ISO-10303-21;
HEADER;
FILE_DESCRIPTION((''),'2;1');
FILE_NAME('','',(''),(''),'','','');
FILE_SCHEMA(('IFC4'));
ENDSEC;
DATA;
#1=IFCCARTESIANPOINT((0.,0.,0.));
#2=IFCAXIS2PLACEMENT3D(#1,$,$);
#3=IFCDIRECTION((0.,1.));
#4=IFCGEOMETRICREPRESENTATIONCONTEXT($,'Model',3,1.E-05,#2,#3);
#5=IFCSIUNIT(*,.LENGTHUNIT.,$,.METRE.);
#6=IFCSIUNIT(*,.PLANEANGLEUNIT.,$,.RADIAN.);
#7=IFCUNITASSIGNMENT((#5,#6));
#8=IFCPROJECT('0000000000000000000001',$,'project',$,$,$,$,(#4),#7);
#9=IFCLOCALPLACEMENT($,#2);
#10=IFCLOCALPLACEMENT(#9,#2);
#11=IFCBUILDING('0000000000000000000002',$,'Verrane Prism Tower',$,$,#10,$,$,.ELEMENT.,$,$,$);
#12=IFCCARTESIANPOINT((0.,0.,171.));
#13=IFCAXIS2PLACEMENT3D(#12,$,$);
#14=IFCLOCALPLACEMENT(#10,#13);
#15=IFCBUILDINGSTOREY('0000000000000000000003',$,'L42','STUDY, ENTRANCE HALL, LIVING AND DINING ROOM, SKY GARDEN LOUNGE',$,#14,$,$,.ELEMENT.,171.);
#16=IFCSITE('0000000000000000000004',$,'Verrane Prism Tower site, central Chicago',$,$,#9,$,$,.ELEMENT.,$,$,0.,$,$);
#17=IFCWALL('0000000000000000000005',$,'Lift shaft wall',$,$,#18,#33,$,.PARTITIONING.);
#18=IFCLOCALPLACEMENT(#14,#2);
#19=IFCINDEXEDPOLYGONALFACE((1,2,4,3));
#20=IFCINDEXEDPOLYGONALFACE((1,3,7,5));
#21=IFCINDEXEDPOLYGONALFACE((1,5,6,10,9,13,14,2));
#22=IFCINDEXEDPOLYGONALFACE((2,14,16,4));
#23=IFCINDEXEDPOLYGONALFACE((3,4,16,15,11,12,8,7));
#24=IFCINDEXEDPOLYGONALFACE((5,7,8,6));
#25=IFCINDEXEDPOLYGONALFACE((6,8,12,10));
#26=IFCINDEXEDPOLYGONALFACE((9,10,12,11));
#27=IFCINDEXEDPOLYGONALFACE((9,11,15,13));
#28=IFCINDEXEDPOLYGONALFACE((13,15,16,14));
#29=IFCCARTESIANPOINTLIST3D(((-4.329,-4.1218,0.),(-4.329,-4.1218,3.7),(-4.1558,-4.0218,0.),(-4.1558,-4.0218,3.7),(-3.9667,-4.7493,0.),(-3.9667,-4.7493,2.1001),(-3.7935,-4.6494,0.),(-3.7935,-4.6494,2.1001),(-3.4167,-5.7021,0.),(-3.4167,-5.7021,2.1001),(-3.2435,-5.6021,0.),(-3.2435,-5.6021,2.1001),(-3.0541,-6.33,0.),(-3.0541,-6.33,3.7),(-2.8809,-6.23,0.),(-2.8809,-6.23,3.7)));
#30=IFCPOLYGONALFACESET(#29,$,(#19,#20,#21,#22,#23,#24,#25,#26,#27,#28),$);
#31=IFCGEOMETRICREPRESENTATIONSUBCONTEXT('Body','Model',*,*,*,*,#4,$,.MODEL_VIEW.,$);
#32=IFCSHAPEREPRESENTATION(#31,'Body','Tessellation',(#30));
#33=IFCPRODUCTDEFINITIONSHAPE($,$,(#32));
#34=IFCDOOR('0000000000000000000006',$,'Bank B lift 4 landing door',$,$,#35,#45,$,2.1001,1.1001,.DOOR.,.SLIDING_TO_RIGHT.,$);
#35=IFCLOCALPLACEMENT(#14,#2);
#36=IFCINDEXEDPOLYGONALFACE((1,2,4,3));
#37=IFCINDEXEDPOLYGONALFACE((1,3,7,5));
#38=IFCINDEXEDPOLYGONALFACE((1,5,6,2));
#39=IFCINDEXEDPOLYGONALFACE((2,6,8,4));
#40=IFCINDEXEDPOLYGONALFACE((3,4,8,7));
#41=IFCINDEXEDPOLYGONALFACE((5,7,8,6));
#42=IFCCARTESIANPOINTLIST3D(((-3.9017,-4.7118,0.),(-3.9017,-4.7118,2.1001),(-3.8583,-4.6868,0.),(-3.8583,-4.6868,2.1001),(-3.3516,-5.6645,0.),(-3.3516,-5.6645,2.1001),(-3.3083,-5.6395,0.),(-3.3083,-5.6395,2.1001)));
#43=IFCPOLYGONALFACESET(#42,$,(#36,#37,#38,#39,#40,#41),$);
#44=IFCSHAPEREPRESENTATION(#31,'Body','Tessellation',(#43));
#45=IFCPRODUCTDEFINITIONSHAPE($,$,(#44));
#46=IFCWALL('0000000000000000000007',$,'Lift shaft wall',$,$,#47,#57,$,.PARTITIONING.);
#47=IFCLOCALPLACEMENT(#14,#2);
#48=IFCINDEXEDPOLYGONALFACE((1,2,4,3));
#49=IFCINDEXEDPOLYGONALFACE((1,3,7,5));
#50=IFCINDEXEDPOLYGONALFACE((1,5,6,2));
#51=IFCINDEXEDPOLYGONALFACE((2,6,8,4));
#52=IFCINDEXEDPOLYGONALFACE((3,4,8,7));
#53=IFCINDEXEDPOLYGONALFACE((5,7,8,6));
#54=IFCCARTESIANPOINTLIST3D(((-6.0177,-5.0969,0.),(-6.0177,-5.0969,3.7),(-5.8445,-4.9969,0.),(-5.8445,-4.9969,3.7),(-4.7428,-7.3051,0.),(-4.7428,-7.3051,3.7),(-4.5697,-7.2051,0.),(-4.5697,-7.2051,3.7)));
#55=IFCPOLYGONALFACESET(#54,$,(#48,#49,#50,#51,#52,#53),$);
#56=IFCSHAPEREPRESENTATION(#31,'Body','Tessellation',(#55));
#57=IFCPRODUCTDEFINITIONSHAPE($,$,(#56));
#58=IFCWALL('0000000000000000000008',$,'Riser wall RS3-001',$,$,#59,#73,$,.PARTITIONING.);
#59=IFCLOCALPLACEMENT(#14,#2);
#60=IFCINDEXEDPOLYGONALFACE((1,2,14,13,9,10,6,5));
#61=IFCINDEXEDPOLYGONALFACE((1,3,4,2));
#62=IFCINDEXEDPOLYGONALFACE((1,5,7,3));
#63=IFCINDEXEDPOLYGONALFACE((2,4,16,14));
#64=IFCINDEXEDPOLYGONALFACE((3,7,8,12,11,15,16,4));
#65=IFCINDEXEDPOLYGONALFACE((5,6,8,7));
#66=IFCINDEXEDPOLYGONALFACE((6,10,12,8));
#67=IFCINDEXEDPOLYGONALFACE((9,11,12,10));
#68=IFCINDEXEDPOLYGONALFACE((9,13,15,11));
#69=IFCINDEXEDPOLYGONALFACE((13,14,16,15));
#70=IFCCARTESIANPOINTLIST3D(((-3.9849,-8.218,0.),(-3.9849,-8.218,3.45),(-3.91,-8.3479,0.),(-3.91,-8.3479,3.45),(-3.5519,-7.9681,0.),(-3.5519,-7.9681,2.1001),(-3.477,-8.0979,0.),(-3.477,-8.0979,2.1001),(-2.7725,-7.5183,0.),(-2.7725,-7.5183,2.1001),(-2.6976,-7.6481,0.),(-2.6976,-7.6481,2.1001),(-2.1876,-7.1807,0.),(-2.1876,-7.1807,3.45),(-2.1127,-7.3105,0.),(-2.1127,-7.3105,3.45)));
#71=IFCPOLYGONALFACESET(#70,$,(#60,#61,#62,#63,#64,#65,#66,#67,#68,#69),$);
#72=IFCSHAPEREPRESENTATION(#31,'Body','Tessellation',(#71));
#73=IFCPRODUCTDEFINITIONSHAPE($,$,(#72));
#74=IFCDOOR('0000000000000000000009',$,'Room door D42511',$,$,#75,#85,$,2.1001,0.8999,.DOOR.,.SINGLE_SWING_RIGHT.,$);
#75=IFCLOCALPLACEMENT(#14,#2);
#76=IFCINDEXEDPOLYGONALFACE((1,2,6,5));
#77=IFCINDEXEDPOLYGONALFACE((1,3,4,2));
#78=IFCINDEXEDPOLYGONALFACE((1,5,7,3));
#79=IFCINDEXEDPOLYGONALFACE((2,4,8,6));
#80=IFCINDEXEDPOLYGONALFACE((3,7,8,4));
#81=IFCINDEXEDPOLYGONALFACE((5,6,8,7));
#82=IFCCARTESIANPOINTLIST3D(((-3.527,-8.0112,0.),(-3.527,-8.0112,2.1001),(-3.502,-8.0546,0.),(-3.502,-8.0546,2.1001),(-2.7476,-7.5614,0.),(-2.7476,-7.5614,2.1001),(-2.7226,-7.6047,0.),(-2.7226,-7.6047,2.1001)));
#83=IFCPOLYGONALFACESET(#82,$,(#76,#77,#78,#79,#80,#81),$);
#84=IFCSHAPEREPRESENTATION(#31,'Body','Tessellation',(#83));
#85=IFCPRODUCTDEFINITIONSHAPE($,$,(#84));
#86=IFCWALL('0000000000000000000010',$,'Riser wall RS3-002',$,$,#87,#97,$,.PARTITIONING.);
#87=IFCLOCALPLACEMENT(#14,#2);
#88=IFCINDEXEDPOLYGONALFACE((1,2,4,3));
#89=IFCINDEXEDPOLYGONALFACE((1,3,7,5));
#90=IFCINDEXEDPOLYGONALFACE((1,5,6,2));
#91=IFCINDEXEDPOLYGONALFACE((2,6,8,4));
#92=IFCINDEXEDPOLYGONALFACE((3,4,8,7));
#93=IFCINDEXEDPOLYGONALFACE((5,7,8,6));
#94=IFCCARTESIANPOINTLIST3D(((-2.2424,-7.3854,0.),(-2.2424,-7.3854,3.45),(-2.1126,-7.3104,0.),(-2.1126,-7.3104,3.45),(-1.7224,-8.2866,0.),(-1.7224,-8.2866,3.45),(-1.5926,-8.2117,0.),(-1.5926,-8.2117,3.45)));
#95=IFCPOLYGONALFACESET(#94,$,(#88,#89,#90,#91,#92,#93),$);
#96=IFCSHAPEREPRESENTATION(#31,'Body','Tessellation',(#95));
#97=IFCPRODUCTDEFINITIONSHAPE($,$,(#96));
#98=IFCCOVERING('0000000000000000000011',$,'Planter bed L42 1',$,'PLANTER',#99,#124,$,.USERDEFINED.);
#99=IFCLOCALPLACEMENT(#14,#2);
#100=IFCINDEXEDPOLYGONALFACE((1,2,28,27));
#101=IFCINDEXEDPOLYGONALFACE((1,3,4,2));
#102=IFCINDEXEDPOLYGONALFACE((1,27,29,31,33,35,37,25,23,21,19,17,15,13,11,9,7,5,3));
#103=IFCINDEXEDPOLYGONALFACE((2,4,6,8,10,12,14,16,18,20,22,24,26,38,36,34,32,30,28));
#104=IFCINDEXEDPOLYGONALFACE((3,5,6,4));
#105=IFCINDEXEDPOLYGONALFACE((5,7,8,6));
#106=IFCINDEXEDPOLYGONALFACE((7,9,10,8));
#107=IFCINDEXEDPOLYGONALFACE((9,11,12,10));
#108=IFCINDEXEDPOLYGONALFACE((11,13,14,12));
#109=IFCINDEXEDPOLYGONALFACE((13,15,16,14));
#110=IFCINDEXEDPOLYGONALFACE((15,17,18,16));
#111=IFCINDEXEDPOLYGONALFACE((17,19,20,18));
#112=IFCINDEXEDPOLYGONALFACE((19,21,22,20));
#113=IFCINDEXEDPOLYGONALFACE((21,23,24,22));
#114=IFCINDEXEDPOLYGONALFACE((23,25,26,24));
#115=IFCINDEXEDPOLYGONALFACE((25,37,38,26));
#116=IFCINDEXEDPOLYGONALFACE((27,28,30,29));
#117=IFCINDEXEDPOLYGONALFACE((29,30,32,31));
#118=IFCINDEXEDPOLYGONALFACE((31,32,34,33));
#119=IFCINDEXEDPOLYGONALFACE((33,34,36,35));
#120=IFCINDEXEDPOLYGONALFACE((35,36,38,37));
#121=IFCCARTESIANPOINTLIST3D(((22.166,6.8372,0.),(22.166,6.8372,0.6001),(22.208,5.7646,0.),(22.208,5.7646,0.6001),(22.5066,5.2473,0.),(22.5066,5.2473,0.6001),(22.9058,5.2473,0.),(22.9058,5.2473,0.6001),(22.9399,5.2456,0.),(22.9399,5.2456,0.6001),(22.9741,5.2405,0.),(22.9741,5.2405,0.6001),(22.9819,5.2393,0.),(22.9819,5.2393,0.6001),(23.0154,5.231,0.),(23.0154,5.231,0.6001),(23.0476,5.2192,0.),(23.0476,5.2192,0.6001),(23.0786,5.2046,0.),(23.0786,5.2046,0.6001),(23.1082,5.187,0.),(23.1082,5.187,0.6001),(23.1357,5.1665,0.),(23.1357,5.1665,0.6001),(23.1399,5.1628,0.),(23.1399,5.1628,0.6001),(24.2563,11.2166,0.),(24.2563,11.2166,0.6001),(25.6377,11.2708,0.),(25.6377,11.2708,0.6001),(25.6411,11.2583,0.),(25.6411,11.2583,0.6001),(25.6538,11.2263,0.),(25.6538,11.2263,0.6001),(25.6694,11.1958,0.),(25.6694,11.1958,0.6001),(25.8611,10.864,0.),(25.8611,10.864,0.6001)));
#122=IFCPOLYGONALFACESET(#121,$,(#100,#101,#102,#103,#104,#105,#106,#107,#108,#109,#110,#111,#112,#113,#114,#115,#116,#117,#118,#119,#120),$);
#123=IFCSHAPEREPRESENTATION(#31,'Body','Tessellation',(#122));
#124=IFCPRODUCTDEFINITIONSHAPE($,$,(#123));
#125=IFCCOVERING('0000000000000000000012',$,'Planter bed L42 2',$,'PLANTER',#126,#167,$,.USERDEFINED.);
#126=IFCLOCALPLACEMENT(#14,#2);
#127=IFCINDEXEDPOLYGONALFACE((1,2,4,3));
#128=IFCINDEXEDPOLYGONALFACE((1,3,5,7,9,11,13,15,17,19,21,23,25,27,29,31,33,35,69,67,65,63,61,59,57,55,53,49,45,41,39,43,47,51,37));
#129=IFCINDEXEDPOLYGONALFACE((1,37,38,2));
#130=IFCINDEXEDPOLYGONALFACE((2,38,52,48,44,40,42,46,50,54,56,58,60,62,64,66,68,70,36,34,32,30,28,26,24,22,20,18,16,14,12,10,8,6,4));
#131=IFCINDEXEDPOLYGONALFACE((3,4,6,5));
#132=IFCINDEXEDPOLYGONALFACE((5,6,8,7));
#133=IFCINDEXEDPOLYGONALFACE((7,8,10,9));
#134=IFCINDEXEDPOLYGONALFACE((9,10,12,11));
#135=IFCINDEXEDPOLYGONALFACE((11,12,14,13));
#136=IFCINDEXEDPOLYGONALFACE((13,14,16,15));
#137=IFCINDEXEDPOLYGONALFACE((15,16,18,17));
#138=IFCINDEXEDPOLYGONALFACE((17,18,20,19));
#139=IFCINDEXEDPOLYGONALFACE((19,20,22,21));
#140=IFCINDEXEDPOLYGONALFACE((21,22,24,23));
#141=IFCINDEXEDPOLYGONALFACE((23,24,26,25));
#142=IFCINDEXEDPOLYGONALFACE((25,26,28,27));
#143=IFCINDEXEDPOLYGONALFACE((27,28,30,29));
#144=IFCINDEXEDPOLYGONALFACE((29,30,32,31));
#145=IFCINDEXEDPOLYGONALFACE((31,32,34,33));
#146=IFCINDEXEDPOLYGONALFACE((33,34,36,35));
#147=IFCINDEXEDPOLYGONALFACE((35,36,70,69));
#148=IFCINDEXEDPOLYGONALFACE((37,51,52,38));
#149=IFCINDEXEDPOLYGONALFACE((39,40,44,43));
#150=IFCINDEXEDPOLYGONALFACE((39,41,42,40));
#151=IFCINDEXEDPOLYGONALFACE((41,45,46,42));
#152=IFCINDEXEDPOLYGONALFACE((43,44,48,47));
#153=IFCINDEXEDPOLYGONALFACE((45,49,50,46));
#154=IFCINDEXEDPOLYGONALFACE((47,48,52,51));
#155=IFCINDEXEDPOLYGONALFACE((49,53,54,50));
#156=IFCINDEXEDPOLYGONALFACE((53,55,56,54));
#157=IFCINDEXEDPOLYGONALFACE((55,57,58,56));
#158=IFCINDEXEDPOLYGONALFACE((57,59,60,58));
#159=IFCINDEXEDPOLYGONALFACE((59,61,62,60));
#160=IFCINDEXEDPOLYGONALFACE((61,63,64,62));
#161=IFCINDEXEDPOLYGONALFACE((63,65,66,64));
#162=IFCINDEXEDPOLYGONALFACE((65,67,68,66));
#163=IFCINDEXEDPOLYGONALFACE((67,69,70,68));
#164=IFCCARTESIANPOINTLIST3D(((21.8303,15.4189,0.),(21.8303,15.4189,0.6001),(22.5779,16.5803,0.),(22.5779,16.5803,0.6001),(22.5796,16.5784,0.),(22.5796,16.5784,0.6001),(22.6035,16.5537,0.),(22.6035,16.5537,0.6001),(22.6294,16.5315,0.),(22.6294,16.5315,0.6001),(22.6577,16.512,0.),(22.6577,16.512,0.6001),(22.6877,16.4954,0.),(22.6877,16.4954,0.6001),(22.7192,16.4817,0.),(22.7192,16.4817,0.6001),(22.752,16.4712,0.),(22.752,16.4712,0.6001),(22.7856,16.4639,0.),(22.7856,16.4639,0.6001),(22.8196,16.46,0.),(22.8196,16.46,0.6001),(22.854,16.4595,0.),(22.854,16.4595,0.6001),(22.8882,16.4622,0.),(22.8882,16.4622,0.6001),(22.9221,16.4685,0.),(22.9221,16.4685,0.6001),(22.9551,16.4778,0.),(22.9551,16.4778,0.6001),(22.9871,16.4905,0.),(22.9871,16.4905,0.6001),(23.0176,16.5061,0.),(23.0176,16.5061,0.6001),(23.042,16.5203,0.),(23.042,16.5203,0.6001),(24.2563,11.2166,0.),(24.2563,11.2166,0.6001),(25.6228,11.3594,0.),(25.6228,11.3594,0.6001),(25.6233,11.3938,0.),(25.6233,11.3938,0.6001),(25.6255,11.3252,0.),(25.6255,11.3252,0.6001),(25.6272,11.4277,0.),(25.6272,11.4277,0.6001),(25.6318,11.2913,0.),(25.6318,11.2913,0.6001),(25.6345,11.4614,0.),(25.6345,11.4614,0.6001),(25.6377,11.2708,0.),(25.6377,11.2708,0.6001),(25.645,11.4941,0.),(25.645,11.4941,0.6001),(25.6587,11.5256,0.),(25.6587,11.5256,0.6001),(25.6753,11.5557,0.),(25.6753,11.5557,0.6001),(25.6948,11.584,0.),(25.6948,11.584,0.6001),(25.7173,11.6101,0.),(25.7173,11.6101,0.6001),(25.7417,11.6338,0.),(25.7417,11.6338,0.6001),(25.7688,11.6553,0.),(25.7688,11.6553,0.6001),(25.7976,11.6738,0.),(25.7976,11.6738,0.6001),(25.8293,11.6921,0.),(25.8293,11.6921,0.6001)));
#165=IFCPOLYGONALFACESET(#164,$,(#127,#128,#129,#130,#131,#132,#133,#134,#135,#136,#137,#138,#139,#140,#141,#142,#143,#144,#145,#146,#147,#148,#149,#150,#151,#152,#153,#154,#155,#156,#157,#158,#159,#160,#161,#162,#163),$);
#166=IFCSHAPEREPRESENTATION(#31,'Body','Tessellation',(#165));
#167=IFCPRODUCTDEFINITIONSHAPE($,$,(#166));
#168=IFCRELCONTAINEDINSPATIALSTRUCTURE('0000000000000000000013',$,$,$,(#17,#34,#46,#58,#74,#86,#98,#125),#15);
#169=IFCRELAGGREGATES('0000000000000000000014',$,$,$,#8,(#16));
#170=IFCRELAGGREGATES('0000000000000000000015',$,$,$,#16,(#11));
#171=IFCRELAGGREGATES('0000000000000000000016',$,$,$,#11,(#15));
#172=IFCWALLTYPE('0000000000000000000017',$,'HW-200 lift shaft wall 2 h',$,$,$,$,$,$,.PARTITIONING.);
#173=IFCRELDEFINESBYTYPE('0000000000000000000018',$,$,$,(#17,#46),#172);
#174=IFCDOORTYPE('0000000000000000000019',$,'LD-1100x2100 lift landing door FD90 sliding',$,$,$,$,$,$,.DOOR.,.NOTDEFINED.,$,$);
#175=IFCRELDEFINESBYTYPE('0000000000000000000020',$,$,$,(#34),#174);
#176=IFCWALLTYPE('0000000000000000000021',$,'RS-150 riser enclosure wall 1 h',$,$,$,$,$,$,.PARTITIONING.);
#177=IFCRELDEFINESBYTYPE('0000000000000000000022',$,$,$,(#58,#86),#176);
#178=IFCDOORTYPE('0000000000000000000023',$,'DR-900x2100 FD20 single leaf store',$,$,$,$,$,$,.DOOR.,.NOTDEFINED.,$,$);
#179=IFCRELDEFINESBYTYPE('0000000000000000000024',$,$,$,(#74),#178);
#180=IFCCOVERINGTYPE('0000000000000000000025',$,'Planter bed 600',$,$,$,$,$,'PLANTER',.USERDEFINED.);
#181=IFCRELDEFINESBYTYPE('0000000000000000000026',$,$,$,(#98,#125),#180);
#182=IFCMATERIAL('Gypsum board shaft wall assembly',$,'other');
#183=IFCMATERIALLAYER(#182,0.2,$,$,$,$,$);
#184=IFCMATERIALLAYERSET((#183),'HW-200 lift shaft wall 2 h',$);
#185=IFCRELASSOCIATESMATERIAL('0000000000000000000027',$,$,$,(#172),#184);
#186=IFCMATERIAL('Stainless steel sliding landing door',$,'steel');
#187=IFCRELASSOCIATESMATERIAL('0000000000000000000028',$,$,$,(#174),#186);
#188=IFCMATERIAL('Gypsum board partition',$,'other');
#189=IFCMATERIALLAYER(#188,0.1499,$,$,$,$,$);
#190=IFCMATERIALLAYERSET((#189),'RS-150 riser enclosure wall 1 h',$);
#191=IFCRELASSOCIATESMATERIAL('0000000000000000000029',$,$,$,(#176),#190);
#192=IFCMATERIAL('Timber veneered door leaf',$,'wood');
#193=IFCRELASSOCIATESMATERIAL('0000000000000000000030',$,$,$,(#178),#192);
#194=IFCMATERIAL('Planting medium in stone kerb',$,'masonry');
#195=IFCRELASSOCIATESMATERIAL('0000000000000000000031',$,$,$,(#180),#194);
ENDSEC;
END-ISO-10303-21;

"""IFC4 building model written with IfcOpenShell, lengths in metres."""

from ifc_helpers import new_model, si_unit, direction, frame, frame_2d, origin, place, context, subcontext, project, spatial, polyline, rectangle, outline, extrude, material, layer, layer_set, type_object, element, fill, save


model = new_model("IFC4")

# Units and contexts
model_context = context("Model", 3, precision=1e-05, world=origin(), true_north=direction((0.0, 1.0)))
body_context = subcontext(model_context, "Body", "Model", "MODEL_VIEW")
ifc_project = project(units=[si_unit("LENGTHUNIT", "METRE"), si_unit("PLANEANGLEUNIT", "RADIAN")], contexts=[model_context])

# Site, building, storey
site_placement = place(None, origin())
site = spatial("IfcSite", under=ifc_project, at=site_placement, Name="Verrane Prism Tower site, central Chicago", CompositionType="ELEMENT", RefElevation=0.0)
building_placement = place(site_placement, origin())
building = spatial("IfcBuilding", under=site, at=building_placement, Name="Verrane Prism Tower", CompositionType="ELEMENT")
storey_placement = place(building_placement, frame((0.0, 0.0, 171.0)))
storey = spatial("IfcBuildingStorey", under=building, at=storey_placement, Name="L42", Description="STUDY, ENTRANCE HALL, LIVING AND DINING ROOM, SKY GARDEN LOUNGE", CompositionType="ELEMENT", Elevation=171.0)

# Shared definitions
ifc_material_1 = material(Name="Gypsum board shaft wall assembly", Category="other")
ifc_layer_1 = layer(ifc_material_1, 0.2)
ifc_layer_set_1 = layer_set([ifc_layer_1], Name="HW-200 lift shaft wall 2 h")
wall_type_1 = type_object("IfcWallType", Name="HW-200 lift shaft wall 2 h", PredefinedType="PARTITIONING", material=ifc_layer_set_1)
ifc_material_2 = material(Name="Stainless steel sliding landing door", Category="steel")
door_type_1 = type_object("IfcDoorType", Name="LD-1100x2100 lift landing door FD90 sliding", OperationType="NOTDEFINED", PredefinedType="DOOR", material=ifc_material_2)

# Wall, opening, door
wall_1_placement = place(storey_placement, frame((-2.9675, -6.28, 0.0), z_axis=(0.0, 0.0, 1.0), x_axis=(-0.49999, 0.866031, 0.0)))
wall_1 = element("IfcWall", 1, at=wall_1_placement, inside=storey, type_object=wall_type_1, Name="Lift shaft wall", PredefinedType="PARTITIONING", context=body_context, shape_type="SweptSolid", body=[
    extrude(rectangle(XDim=2.5498, YDim=0.2, at=frame_2d((1.2749, 0.0))), origin(), (0.0, 0.0, 1.0), 3.7),
])
opening_1_placement = place(wall_1_placement, frame((0.7251, 0.0, 0.0)))
opening_1 = element("IfcOpeningElement", 2, at=opening_1_placement, cuts=wall_1, PredefinedType="OPENING", context=body_context, shape_type="SweptSolid", body=[
    extrude(rectangle(XDim=1.1001, YDim=2.1001, at=frame_2d((0.55, 1.05))), frame((0.0, 0.1099, 0.0), z_axis=(0.0, -1.0, 0.0), x_axis=(1.0, 0.0, 0.0)), (0.0, 0.0, 1.0), 0.22),
])
door_1_placement = place(opening_1_placement, origin())
door_1 = element("IfcDoor", 3, at=door_1_placement, inside=storey, type_object=door_type_1, Name="Bank B lift 4 landing door", OperationType="SLIDING_TO_RIGHT", OverallHeight=2.1001, OverallWidth=1.1001, PredefinedType="DOOR", context=body_context, shape_type="SweptSolid", body=[
    extrude(rectangle(XDim=1.1001, YDim=2.1001, at=frame_2d((0.55, 1.05))), frame((0.0, 0.0249, 0.0), z_axis=(0.0, -1.0, 0.0), x_axis=(1.0, 0.0, 0.0)), (0.0, 0.0, 1.0), 0.05),
])
fill(opening_1, door_1)

# Wall
wall_2_placement = place(storey_placement, frame((-4.6562, -7.2551, 0.0), z_axis=(0.0, 0.0, 1.0), x_axis=(-0.49999, 0.866031, 0.0)))
element("IfcWall", 4, at=wall_2_placement, inside=storey, type_object=wall_type_1, Name="Lift shaft wall", PredefinedType="PARTITIONING", context=body_context, shape_type="SweptSolid", body=[
    extrude(rectangle(XDim=2.5498, YDim=0.2, at=frame_2d((1.2749, 0.0))), origin(), (0.0, 0.0, 1.0), 3.7),
])

# Wall, opening, door
ifc_material_3 = material(Name="Gypsum board partition", Category="other")
ifc_layer_2 = layer(ifc_material_3, 0.1499)
ifc_layer_set_2 = layer_set([ifc_layer_2], Name="RS-150 riser enclosure wall 1 h")
wall_type_2 = type_object("IfcWallType", Name="RS-150 riser enclosure wall 1 h", PredefinedType="PARTITIONING", material=ifc_layer_set_2)
wall_3_placement = place(storey_placement, frame((-2.1501, -7.2456, 0.0), z_axis=(0.0, 0.0, 1.0), x_axis=(-0.866099, -0.499872, 0.0)))
wall_3 = element("IfcWall", 5, at=wall_3_placement, inside=storey, type_object=wall_type_2, Name="Riser wall RS3-001", PredefinedType="PARTITIONING", context=body_context, shape_type="SweptSolid", body=[
    extrude(rectangle(XDim=2.0752, YDim=0.1499, at=frame_2d((1.0376, 0.0))), origin(), (0.0, 0.0, 1.0), 3.45),
])
opening_2_placement = place(wall_3_placement, frame((0.6753, 0.0, 0.0)))
opening_2 = element("IfcOpeningElement", 6, at=opening_2_placement, cuts=wall_3, PredefinedType="OPENING", context=body_context, shape_type="SweptSolid", body=[
    extrude(rectangle(XDim=0.8999, YDim=2.1001, at=frame_2d((0.45, 1.05))), frame((0.0, 0.085, 0.0), z_axis=(0.0, -1.0, 0.0), x_axis=(1.0, 0.0, 0.0)), (0.0, 0.0, 1.0), 0.1699),
])
ifc_material_4 = material(Name="Timber veneered door leaf", Category="wood")
door_type_2 = type_object("IfcDoorType", Name="DR-900x2100 FD20 single leaf store", OperationType="NOTDEFINED", PredefinedType="DOOR", material=ifc_material_4)
door_2_placement = place(opening_2_placement, origin())
door_2 = element("IfcDoor", 7, at=door_2_placement, inside=storey, type_object=door_type_2, Name="Room door D42511", OperationType="SINGLE_SWING_RIGHT", OverallHeight=2.1001, OverallWidth=0.8999, PredefinedType="DOOR", context=body_context, shape_type="SweptSolid", body=[
    extrude(rectangle(XDim=0.8999, YDim=2.1001, at=frame_2d((0.45, 1.05))), frame((0.0, 0.0249, 0.0), z_axis=(0.0, -1.0, 0.0), x_axis=(1.0, 0.0, 0.0)), (0.0, 0.0, 1.0), 0.05),
])
fill(opening_2, door_2)

# Wall
wall_4_placement = place(storey_placement, frame((-2.1775, -7.3479, 0.0), z_axis=(0.0, 0.0, 1.0), x_axis=(0.499722, -0.866186, 0.0)))
element("IfcWall", 8, at=wall_4_placement, inside=storey, type_object=wall_type_2, Name="Riser wall RS3-002", PredefinedType="PARTITIONING", context=body_context, shape_type="SweptSolid", body=[
    extrude(rectangle(XDim=1.0405, YDim=0.1499, at=frame_2d((0.5203, 0.0))), origin(), (0.0, 0.0, 1.0), 3.45),
])

# Coverings
ifc_material_5 = material(Name="Planting medium in stone kerb", Category="masonry")
covering_type_1 = type_object("IfcCoveringType", Name="Planter bed 600", ElementType="PLANTER", PredefinedType="USERDEFINED", material=ifc_material_5)
covering_1_placement = place(storey_placement, origin())
element("IfcCovering", 9, at=covering_1_placement, inside=storey, type_object=covering_type_1, Name="Planter bed L42 1", ObjectType="PLANTER", PredefinedType="USERDEFINED", context=body_context, shape_type="SweptSolid", body=[
    extrude(outline(polyline([(25.8611, 10.864), (25.6694, 11.1958), (25.6538, 11.2263), (25.6411, 11.2583), (25.6377, 11.2708), (24.2563, 11.2166), (22.166, 6.8372), (22.208, 5.7646), (22.5066, 5.2473), (22.9058, 5.2473), (22.9399, 5.2456), (22.9741, 5.2405), (22.9741, 5.2405), (22.9819, 5.2393), (23.0154, 5.231), (23.0476, 5.2192), (23.0786, 5.2046), (23.1082, 5.187), (23.1357, 5.1665), (23.1399, 5.1628), (25.8611, 10.864)])), origin(), (0.0, 0.0, 1.0), 0.6001),
])
covering_2_placement = place(storey_placement, origin())
element("IfcCovering", 10, at=covering_2_placement, inside=storey, type_object=covering_type_1, Name="Planter bed L42 2", ObjectType="PLANTER", PredefinedType="USERDEFINED", context=body_context, shape_type="SweptSolid", body=[
    extrude(outline(polyline([(22.6577, 16.512), (22.6294, 16.5315), (22.6035, 16.5537), (22.5796, 16.5784), (22.5779, 16.5803), (21.8303, 15.4189), (24.2563, 11.2166), (25.6377, 11.2708), (25.6318, 11.2913), (25.6255, 11.3252), (25.6228, 11.3594), (25.6233, 11.3938), (25.6272, 11.4277), (25.6345, 11.4614), (25.645, 11.4941), (25.6587, 11.5256), (25.6753, 11.5557), (25.6948, 11.584), (25.7173, 11.6101), (25.7417, 11.6338), (25.7688, 11.6553), (25.7976, 11.6738), (25.8293, 11.6921), (23.042, 16.5203), (23.0176, 16.5061), (22.9871, 16.4905), (22.9551, 16.4778), (22.9221, 16.4685), (22.8882, 16.4622), (22.854, 16.4595), (22.8196, 16.46), (22.7856, 16.4639), (22.752, 16.4712), (22.7192, 16.4817), (22.6877, 16.4954), (22.6577, 16.512)])), origin(), (0.0, 0.0, 1.0), 0.6001),
])

save(model, "model.ifc")
